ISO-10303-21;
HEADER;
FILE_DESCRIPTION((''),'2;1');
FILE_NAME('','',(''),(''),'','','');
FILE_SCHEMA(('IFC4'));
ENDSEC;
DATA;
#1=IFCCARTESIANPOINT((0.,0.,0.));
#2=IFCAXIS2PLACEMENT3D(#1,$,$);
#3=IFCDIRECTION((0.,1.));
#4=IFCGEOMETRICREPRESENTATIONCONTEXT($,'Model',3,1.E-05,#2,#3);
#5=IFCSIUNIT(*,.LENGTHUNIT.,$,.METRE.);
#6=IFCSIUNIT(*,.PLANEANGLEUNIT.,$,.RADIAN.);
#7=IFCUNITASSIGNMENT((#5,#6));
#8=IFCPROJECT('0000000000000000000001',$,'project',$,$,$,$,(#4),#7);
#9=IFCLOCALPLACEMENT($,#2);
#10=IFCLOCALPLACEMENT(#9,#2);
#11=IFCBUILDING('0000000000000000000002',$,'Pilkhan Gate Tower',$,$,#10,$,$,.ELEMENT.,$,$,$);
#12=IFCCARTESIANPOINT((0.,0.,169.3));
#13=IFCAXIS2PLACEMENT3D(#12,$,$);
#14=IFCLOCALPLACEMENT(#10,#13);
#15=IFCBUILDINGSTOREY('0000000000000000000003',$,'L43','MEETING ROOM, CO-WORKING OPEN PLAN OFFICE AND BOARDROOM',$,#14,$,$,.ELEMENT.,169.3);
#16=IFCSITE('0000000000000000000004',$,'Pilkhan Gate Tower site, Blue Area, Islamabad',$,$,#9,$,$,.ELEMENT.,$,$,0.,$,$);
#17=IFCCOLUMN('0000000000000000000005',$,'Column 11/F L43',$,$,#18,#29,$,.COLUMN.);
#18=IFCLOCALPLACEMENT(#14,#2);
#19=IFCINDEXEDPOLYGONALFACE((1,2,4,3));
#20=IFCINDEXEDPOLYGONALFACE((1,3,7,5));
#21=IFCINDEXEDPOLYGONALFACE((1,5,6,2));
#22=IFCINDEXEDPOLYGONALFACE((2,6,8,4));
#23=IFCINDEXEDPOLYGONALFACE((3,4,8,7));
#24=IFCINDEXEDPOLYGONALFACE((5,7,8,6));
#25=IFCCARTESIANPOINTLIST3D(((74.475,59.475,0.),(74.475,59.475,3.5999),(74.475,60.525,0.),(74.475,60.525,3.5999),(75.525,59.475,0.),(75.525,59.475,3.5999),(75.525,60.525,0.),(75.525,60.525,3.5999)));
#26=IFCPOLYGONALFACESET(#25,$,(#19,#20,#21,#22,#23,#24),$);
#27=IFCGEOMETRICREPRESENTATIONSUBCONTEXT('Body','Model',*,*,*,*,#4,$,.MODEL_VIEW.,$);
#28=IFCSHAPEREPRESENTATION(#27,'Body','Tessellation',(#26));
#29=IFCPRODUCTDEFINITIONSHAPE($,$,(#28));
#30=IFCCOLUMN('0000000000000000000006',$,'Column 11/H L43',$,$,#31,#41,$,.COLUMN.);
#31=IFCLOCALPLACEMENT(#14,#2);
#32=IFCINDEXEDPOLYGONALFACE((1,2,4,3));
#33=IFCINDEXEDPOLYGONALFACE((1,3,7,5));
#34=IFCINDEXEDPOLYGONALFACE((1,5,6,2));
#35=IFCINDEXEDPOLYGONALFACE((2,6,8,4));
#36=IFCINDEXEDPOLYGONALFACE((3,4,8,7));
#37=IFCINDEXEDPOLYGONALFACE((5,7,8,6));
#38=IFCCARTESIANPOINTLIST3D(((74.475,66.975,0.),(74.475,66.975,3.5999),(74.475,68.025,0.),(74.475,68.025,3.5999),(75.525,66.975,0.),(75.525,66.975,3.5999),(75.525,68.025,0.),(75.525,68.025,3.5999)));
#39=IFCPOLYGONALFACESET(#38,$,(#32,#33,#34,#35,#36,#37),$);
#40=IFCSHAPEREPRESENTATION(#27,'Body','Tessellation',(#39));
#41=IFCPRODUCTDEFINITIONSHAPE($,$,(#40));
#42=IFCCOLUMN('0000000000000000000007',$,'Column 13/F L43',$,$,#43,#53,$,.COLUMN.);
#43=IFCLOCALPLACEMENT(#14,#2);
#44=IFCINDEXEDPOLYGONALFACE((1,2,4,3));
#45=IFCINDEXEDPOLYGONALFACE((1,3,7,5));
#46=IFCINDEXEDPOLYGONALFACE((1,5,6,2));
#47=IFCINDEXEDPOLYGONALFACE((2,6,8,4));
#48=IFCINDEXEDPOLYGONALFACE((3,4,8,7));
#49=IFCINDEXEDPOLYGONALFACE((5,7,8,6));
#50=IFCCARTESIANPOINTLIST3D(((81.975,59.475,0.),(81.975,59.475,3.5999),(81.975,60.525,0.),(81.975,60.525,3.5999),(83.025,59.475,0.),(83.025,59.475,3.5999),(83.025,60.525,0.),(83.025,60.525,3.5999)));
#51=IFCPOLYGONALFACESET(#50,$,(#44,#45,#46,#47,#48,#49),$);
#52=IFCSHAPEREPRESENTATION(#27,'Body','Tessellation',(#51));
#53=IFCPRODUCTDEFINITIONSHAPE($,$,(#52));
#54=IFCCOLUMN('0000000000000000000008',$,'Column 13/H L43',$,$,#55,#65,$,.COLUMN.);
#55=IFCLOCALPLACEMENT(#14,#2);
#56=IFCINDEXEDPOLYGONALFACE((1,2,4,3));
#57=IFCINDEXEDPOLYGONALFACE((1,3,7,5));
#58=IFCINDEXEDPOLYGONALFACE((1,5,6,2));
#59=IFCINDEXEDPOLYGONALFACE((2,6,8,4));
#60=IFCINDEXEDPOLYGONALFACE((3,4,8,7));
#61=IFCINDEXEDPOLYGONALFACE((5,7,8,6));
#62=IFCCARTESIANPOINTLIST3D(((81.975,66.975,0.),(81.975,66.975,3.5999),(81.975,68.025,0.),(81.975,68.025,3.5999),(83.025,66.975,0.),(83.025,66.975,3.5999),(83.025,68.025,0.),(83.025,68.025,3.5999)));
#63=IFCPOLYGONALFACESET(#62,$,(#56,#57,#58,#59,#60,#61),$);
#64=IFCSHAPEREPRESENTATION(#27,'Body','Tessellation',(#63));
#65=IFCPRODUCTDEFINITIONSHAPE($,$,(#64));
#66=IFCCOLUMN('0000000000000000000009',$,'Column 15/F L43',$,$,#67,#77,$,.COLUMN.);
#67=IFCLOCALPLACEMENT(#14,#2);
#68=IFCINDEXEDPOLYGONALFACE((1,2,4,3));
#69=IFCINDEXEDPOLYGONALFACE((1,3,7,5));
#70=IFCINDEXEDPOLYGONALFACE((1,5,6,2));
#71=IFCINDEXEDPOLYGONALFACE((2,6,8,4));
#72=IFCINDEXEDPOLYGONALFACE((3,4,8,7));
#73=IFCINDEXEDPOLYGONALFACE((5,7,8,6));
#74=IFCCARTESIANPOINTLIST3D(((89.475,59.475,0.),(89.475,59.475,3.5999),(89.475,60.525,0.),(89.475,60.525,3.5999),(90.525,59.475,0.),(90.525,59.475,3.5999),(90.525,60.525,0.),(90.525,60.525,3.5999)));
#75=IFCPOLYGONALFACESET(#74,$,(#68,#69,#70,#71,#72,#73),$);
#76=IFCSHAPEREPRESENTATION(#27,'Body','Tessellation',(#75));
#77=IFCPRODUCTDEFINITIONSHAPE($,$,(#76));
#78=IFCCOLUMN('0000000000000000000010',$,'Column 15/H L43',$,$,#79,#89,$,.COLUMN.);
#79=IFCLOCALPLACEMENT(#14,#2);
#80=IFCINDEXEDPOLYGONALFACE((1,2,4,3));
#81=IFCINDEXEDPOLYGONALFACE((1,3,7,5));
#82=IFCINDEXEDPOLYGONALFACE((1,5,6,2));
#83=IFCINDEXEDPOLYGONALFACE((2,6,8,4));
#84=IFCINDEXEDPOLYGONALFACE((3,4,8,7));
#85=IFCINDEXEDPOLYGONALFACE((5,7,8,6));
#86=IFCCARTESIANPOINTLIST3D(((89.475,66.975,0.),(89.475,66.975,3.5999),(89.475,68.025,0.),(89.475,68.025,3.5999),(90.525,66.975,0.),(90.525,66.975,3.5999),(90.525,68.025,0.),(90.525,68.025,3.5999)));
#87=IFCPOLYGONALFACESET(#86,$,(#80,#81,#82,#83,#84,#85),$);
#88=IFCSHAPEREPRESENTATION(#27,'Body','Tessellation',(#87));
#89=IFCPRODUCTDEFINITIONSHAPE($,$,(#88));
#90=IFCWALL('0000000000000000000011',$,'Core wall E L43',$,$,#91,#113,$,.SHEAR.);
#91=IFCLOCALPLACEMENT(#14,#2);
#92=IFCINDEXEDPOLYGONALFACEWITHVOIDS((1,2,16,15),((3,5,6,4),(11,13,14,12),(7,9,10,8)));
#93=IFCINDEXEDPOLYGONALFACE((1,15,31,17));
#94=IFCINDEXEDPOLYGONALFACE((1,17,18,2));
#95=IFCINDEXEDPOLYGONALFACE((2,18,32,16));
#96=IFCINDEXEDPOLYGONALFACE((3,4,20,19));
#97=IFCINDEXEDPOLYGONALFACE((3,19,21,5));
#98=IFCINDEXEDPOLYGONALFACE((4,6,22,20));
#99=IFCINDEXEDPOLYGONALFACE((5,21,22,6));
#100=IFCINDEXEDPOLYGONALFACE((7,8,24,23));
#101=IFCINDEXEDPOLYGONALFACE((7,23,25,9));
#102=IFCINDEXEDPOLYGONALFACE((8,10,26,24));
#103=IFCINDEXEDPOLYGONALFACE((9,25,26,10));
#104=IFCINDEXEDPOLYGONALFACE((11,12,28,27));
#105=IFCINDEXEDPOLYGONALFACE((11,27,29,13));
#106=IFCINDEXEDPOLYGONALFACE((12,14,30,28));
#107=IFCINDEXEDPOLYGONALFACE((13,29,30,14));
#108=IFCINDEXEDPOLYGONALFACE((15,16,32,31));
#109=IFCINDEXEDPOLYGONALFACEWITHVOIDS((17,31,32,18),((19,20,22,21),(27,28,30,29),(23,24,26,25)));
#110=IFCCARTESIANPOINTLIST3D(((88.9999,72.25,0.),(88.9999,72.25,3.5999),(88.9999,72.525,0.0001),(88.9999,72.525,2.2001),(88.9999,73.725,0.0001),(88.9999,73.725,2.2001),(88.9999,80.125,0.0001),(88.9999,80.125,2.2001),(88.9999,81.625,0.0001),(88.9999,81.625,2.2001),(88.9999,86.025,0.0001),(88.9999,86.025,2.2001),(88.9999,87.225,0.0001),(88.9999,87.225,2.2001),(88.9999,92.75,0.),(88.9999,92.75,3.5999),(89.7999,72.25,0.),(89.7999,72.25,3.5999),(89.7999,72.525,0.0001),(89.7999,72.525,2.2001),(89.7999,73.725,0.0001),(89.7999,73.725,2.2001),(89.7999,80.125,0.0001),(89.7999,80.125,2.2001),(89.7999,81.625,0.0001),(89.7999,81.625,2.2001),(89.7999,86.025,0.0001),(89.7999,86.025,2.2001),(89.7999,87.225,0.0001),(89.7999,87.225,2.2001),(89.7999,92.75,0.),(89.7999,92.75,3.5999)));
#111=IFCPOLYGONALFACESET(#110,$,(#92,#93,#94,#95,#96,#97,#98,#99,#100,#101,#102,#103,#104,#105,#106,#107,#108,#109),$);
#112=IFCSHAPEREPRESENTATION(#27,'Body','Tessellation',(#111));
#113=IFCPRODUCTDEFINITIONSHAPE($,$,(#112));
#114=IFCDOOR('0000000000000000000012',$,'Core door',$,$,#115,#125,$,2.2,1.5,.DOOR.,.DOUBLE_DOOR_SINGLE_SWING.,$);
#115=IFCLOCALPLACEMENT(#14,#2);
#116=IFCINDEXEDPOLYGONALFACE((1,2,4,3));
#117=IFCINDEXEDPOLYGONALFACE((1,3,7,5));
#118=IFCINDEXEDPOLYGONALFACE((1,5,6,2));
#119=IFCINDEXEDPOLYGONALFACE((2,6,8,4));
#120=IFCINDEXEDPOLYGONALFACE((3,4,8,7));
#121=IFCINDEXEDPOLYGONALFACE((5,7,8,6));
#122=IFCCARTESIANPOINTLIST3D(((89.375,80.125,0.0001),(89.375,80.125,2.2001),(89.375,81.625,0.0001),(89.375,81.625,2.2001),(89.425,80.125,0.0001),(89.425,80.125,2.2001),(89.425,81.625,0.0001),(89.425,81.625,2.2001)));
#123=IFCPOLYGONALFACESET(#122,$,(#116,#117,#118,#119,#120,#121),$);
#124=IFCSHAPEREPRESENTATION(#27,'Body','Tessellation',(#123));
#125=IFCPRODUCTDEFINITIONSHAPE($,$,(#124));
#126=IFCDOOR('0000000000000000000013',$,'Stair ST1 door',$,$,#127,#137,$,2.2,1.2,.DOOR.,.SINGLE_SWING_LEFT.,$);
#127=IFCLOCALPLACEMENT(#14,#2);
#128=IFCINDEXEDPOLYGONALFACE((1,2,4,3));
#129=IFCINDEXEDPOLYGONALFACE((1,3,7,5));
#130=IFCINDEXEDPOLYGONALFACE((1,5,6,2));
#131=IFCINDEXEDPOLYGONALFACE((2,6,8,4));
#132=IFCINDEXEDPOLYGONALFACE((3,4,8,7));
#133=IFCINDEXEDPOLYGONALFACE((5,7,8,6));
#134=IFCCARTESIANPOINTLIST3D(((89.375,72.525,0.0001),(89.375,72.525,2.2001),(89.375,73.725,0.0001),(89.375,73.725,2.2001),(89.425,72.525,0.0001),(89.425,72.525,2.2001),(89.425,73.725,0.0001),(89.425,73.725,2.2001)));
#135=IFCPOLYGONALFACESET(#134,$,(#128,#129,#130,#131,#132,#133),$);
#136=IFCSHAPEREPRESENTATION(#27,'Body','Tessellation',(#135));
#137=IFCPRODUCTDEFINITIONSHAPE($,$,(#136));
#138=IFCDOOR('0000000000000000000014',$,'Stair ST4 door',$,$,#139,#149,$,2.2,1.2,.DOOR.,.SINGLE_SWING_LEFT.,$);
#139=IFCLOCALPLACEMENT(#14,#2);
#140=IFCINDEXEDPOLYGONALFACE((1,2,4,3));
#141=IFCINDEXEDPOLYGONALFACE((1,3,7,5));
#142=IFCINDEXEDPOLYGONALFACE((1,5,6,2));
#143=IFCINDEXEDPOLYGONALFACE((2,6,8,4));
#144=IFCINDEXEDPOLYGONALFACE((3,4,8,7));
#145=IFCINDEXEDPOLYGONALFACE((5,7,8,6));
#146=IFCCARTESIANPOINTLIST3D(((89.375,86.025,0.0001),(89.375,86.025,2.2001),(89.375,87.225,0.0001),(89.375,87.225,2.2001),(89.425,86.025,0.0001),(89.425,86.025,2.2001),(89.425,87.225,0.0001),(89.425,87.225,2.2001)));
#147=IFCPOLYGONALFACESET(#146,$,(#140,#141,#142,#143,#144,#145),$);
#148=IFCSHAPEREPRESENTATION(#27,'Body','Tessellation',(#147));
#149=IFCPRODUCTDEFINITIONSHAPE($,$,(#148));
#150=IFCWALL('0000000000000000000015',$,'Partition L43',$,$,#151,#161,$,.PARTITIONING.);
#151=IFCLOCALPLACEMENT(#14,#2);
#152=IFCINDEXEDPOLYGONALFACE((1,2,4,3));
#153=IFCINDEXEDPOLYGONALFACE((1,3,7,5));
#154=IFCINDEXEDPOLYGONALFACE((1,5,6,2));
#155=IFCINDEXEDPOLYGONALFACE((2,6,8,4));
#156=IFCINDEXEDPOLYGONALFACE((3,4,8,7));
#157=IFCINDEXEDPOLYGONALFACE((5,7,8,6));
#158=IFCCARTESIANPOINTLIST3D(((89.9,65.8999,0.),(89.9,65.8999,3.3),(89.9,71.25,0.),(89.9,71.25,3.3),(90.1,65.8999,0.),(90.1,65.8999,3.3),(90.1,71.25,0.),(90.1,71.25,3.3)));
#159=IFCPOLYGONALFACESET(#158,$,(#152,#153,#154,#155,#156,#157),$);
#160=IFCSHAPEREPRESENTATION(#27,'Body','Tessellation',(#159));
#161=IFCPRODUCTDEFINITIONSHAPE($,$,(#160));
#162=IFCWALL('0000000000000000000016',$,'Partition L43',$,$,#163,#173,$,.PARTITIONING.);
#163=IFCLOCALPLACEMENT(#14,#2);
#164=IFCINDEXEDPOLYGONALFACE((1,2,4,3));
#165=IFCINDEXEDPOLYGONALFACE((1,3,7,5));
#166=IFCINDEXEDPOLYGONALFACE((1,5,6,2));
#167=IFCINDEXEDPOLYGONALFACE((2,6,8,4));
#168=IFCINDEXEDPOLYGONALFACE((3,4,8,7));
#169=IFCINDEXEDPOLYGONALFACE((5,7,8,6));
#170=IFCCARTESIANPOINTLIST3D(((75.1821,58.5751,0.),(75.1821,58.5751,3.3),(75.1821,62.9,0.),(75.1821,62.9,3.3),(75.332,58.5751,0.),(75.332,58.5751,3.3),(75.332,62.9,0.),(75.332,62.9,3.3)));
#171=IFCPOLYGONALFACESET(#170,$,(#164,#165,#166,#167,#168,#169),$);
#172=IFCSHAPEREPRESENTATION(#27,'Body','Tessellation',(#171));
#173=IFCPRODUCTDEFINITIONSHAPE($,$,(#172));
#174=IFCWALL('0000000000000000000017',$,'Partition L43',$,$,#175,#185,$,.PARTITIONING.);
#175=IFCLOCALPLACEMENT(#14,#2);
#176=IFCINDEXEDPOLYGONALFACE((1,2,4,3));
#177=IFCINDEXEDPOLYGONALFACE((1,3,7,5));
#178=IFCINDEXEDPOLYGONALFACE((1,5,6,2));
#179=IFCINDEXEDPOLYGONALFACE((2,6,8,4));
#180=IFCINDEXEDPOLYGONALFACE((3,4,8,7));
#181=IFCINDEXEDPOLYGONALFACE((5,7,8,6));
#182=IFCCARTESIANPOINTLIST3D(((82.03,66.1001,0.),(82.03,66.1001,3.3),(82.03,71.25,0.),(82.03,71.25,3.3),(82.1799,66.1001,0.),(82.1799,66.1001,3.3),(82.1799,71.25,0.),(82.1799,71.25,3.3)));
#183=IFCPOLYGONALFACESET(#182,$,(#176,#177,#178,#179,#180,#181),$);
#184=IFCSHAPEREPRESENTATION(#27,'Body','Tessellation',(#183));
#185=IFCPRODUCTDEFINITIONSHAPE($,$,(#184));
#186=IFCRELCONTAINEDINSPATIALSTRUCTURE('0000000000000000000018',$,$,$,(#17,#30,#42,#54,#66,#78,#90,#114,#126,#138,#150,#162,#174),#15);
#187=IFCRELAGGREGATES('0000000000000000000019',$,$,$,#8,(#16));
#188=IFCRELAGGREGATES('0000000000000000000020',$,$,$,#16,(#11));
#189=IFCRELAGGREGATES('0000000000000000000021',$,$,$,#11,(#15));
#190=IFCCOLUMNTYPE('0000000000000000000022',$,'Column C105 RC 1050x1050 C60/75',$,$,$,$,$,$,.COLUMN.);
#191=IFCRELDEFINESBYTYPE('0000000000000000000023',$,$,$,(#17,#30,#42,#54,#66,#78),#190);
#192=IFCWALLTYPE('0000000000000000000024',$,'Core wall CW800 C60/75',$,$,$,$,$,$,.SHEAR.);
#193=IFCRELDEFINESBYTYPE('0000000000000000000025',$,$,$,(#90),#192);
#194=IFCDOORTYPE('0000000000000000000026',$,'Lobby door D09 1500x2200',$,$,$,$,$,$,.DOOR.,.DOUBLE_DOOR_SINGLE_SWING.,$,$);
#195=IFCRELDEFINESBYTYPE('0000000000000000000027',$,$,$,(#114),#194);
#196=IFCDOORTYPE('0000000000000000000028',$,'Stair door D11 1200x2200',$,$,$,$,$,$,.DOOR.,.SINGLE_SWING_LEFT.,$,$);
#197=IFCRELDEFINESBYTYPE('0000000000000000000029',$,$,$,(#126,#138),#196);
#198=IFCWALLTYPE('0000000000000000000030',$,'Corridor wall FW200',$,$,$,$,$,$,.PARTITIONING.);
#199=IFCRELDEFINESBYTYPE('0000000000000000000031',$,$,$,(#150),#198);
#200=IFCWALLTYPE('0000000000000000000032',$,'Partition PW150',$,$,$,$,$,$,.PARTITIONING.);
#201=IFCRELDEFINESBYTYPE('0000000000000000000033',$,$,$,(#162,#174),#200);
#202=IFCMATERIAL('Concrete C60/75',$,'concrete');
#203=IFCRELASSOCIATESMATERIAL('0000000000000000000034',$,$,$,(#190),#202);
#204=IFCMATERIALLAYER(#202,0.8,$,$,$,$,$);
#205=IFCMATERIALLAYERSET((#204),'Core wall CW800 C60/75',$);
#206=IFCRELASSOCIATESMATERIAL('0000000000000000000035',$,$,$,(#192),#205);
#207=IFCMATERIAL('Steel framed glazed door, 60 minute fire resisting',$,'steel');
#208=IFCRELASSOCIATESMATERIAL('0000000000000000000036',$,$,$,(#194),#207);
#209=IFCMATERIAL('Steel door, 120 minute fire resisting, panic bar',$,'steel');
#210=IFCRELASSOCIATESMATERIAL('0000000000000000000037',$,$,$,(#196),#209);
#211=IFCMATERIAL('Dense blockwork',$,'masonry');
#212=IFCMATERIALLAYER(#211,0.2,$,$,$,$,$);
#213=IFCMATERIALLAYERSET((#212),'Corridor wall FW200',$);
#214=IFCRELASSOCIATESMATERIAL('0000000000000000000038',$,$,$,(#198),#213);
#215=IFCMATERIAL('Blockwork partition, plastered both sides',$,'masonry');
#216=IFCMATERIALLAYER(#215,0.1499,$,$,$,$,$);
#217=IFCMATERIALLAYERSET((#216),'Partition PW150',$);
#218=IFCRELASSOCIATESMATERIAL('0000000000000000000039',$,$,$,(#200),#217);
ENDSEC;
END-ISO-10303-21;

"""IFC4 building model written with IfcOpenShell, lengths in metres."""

from ifc_helpers import new_model, si_unit, direction, frame, frame_2d, origin, origin_2d, place, context, subcontext, project, spatial, rectangle, extrude, material, layer, layer_set, material_profile, profile_set, type_object, element, fill, save


model = new_model("IFC4")

# Units and contexts
model_context = context("Model", 3, precision=1e-05, world=origin(), true_north=direction((0.0, 1.0)))
body_context = subcontext(model_context, "Body", "Model", "MODEL_VIEW")
ifc_project = project(units=[si_unit("LENGTHUNIT", "METRE"), si_unit("PLANEANGLEUNIT", "RADIAN")], contexts=[model_context])

# Site, building, storey
site_placement = place(None, origin())
site = spatial("IfcSite", under=ifc_project, at=site_placement, Name="Pilkhan Gate Tower site, Blue Area, Islamabad", CompositionType="ELEMENT", RefElevation=0.0)
building_placement = place(site_placement, origin())
building = spatial("IfcBuilding", under=site, at=building_placement, Name="Pilkhan Gate Tower", CompositionType="ELEMENT")
storey_placement = place(building_placement, frame((0.0, 0.0, 169.3)))
storey = spatial("IfcBuildingStorey", under=building, at=storey_placement, Name="L43", Description="MEETING ROOM, CO-WORKING OPEN PLAN OFFICE AND BOARDROOM", CompositionType="ELEMENT", Elevation=169.3)

# Columns
ifc_material_1 = material(Name="Concrete C60/75", Category="concrete")
ifc_material_profile = material_profile(ifc_material_1, rectangle(XDim=1.05, YDim=1.05, at=origin_2d()), Name="RC 1050x1050")
ifc_profile_set = profile_set([ifc_material_profile], Name="Concrete C60/75")
column_type = type_object("IfcColumnType", Name="Column C105 RC 1050x1050 C60/75", PredefinedType="COLUMN", material=ifc_profile_set)
for number, where, z_axis, x_axis, name in (
    (1, (75.0, 60.0, 0.0), (0.0, 0.0, 1.0), (1.0, 0.0, 0.0), "Column 11/F L43"),
    (2, (75.0, 67.5, 0.0), (0.0, 0.0, 1.0), (1.0, 0.0, 0.0), "Column 11/H L43"),
    (3, (82.5, 60.0, 0.0), (0.0, 0.0, 1.0), (1.0, 0.0, 0.0), "Column 13/F L43"),
    (4, (82.5, 67.5, 0.0), (0.0, 0.0, 1.0), (1.0, 0.0, 0.0), "Column 13/H L43"),
    (5, (90.0, 60.0, 0.0), (0.0, 0.0, 1.0), (1.0, 0.0, 0.0), "Column 15/F L43"),
    (6, (90.0, 67.5, 0.0), (0.0, 0.0, 1.0), (1.0, 0.0, 0.0), "Column 15/H L43"),
):
    element("IfcColumn", number, at=place(storey_placement, frame(where, z_axis=z_axis, x_axis=x_axis)), inside=storey, type_object=column_type, Name=name, PredefinedType="COLUMN", context=body_context, shape_type="SweptSolid", body=[
        extrude(rectangle(XDim=1.05, YDim=1.05, at=origin_2d()), origin(), (0.0, 0.0, 1.0), 3.5999),
    ])

# Wall, openings, doors
ifc_layer_1 = layer(ifc_material_1, 0.8)
ifc_layer_set_1 = layer_set([ifc_layer_1], Name="Core wall CW800 C60/75")
wall_type_1 = type_object("IfcWallType", Name="Core wall CW800 C60/75", PredefinedType="SHEAR", material=ifc_layer_set_1)
wall_1_placement = place(storey_placement, frame((89.3999, 72.25, 0.0), z_axis=(0.0, 0.0, 1.0), x_axis=(0.0, 1.0, 0.0)))
wall_1 = element("IfcWall", 7, at=wall_1_placement, inside=storey, type_object=wall_type_1, Name="Core wall E L43", PredefinedType="SHEAR", context=body_context, shape_type="SweptSolid", body=[
    extrude(rectangle(XDim=20.5, YDim=0.8, at=frame_2d((10.25, 0.0))), origin(), (0.0, 0.0, 1.0), 3.5999),
])
opening_1_placement = place(wall_1_placement, frame((0.2749, 0.0, 0.0)))
opening_1 = element("IfcOpeningElement", 8, at=opening_1_placement, cuts=wall_1, PredefinedType="OPENING", context=body_context, shape_type="SweptSolid", body=[
    extrude(rectangle(XDim=1.2, YDim=2.2, at=frame_2d((0.6001, 1.1001))), frame((0.0, 0.4099, 0.0), z_axis=(0.0, -1.0, 0.0), x_axis=(1.0, 0.0, 0.0)), (0.0, 0.0, 1.0), 0.8201),
])
opening_2_placement = place(wall_1_placement, frame((13.7749, 0.0, 0.0)))
opening_2 = element("IfcOpeningElement", 9, at=opening_2_placement, cuts=wall_1, PredefinedType="OPENING", context=body_context, shape_type="SweptSolid", body=[
    extrude(rectangle(XDim=1.2, YDim=2.2, at=frame_2d((0.6001, 1.1001))), frame((0.0, 0.4099, 0.0), z_axis=(0.0, -1.0, 0.0), x_axis=(1.0, 0.0, 0.0)), (0.0, 0.0, 1.0), 0.8201),
])
opening_3_placement = place(wall_1_placement, frame((7.875, 0.0, 0.0)))
opening_3 = element("IfcOpeningElement", 10, at=opening_3_placement, cuts=wall_1, PredefinedType="OPENING", context=body_context, shape_type="SweptSolid", body=[
    extrude(rectangle(XDim=1.5, YDim=2.2, at=frame_2d((0.75, 1.1001))), frame((0.0, 0.4099, 0.0), z_axis=(0.0, -1.0, 0.0), x_axis=(1.0, 0.0, 0.0)), (0.0, 0.0, 1.0), 0.8201),
])
ifc_material_2 = material(Name="Steel framed glazed door, 60 minute fire resisting", Category="steel")
door_type_1 = type_object("IfcDoorType", Name="Lobby door D09 1500x2200", OperationType="DOUBLE_DOOR_SINGLE_SWING", PredefinedType="DOOR", material=ifc_material_2)
door_1_placement = place(opening_3_placement, origin())
door_1 = element("IfcDoor", 11, at=door_1_placement, inside=storey, type_object=door_type_1, Name="Core door", OperationType="DOUBLE_DOOR_SINGLE_SWING", OverallHeight=2.2, OverallWidth=1.5, PredefinedType="DOOR", context=body_context, shape_type="SweptSolid", body=[
    extrude(rectangle(XDim=1.5, YDim=2.2, at=frame_2d((0.75, 1.1001))), frame((0.0, 0.0249, 0.0), z_axis=(0.0, -1.0, 0.0), x_axis=(1.0, 0.0, 0.0)), (0.0, 0.0, 1.0), 0.05),
])
fill(opening_3, door_1)
ifc_material_3 = material(Name="Steel door, 120 minute fire resisting, panic bar", Category="steel")
door_type_2 = type_object("IfcDoorType", Name="Stair door D11 1200x2200", OperationType="SINGLE_SWING_LEFT", PredefinedType="DOOR", material=ifc_material_3)
door_2_placement = place(opening_1_placement, origin())
door_2 = element("IfcDoor", 12, at=door_2_placement, inside=storey, type_object=door_type_2, Name="Stair ST1 door", OperationType="SINGLE_SWING_LEFT", OverallHeight=2.2, OverallWidth=1.2, PredefinedType="DOOR", context=body_context, shape_type="SweptSolid", body=[
    extrude(rectangle(XDim=1.2, YDim=2.2, at=frame_2d((0.6001, 1.1001))), frame((0.0, 0.0249, 0.0), z_axis=(0.0, -1.0, 0.0), x_axis=(1.0, 0.0, 0.0)), (0.0, 0.0, 1.0), 0.05),
])
fill(opening_1, door_2)
door_3_placement = place(opening_2_placement, origin())
door_3 = element("IfcDoor", 13, at=door_3_placement, inside=storey, type_object=door_type_2, Name="Stair ST4 door", OperationType="SINGLE_SWING_LEFT", OverallHeight=2.2, OverallWidth=1.2, PredefinedType="DOOR", context=body_context, shape_type="SweptSolid", body=[
    extrude(rectangle(XDim=1.2, YDim=2.2, at=frame_2d((0.6001, 1.1001))), frame((0.0, 0.0249, 0.0), z_axis=(0.0, -1.0, 0.0), x_axis=(1.0, 0.0, 0.0)), (0.0, 0.0, 1.0), 0.05),
])
fill(opening_2, door_3)

# Walls
ifc_material_4 = material(Name="Dense blockwork", Category="masonry")
ifc_layer_2 = layer(ifc_material_4, 0.2)
ifc_layer_set_2 = layer_set([ifc_layer_2], Name="Corridor wall FW200")
wall_type_2 = type_object("IfcWallType", Name="Corridor wall FW200", PredefinedType="PARTITIONING", material=ifc_layer_set_2)
wall_2_placement = place(storey_placement, frame((90.0, 65.8999, 0.0), z_axis=(0.0, 0.0, 1.0), x_axis=(0.0, 1.0, 0.0)))
element("IfcWall", 14, at=wall_2_placement, inside=storey, type_object=wall_type_2, Name="Partition L43", PredefinedType="PARTITIONING", context=body_context, shape_type="SweptSolid", body=[
    extrude(rectangle(XDim=5.3501, YDim=0.2, at=frame_2d((2.675, 0.0))), origin(), (0.0, 0.0, 1.0), 3.3),
])
ifc_material_5 = material(Name="Blockwork partition, plastered both sides", Category="masonry")
ifc_layer_3 = layer(ifc_material_5, 0.1499)
ifc_layer_set_3 = layer_set([ifc_layer_3], Name="Partition PW150")
wall_type_3 = type_object("IfcWallType", Name="Partition PW150", PredefinedType="PARTITIONING", material=ifc_layer_set_3)
wall_3_placement = place(storey_placement, frame((75.2571, 58.575, 0.0), z_axis=(0.0, 0.0, 1.0), x_axis=(0.0, 1.0, 0.0)))
element("IfcWall", 15, at=wall_3_placement, inside=storey, type_object=wall_type_3, Name="Partition L43", PredefinedType="PARTITIONING", context=body_context, shape_type="SweptSolid", body=[
    extrude(rectangle(XDim=4.325, YDim=0.1499, at=frame_2d((2.1626, 0.0))), origin(), (0.0, 0.0, 1.0), 3.3),
])
wall_4_placement = place(storey_placement, frame((82.105, 66.1001, 0.0), z_axis=(0.0, 0.0, 1.0), x_axis=(0.0, 1.0, 0.0)))
element("IfcWall", 16, at=wall_4_placement, inside=storey, type_object=wall_type_3, Name="Partition L43", PredefinedType="PARTITIONING", context=body_context, shape_type="SweptSolid", body=[
    extrude(rectangle(XDim=5.1499, YDim=0.1499, at=frame_2d((2.575, 0.0))), origin(), (0.0, 0.0, 1.0), 3.3),
])

save(model, "model.ifc")
